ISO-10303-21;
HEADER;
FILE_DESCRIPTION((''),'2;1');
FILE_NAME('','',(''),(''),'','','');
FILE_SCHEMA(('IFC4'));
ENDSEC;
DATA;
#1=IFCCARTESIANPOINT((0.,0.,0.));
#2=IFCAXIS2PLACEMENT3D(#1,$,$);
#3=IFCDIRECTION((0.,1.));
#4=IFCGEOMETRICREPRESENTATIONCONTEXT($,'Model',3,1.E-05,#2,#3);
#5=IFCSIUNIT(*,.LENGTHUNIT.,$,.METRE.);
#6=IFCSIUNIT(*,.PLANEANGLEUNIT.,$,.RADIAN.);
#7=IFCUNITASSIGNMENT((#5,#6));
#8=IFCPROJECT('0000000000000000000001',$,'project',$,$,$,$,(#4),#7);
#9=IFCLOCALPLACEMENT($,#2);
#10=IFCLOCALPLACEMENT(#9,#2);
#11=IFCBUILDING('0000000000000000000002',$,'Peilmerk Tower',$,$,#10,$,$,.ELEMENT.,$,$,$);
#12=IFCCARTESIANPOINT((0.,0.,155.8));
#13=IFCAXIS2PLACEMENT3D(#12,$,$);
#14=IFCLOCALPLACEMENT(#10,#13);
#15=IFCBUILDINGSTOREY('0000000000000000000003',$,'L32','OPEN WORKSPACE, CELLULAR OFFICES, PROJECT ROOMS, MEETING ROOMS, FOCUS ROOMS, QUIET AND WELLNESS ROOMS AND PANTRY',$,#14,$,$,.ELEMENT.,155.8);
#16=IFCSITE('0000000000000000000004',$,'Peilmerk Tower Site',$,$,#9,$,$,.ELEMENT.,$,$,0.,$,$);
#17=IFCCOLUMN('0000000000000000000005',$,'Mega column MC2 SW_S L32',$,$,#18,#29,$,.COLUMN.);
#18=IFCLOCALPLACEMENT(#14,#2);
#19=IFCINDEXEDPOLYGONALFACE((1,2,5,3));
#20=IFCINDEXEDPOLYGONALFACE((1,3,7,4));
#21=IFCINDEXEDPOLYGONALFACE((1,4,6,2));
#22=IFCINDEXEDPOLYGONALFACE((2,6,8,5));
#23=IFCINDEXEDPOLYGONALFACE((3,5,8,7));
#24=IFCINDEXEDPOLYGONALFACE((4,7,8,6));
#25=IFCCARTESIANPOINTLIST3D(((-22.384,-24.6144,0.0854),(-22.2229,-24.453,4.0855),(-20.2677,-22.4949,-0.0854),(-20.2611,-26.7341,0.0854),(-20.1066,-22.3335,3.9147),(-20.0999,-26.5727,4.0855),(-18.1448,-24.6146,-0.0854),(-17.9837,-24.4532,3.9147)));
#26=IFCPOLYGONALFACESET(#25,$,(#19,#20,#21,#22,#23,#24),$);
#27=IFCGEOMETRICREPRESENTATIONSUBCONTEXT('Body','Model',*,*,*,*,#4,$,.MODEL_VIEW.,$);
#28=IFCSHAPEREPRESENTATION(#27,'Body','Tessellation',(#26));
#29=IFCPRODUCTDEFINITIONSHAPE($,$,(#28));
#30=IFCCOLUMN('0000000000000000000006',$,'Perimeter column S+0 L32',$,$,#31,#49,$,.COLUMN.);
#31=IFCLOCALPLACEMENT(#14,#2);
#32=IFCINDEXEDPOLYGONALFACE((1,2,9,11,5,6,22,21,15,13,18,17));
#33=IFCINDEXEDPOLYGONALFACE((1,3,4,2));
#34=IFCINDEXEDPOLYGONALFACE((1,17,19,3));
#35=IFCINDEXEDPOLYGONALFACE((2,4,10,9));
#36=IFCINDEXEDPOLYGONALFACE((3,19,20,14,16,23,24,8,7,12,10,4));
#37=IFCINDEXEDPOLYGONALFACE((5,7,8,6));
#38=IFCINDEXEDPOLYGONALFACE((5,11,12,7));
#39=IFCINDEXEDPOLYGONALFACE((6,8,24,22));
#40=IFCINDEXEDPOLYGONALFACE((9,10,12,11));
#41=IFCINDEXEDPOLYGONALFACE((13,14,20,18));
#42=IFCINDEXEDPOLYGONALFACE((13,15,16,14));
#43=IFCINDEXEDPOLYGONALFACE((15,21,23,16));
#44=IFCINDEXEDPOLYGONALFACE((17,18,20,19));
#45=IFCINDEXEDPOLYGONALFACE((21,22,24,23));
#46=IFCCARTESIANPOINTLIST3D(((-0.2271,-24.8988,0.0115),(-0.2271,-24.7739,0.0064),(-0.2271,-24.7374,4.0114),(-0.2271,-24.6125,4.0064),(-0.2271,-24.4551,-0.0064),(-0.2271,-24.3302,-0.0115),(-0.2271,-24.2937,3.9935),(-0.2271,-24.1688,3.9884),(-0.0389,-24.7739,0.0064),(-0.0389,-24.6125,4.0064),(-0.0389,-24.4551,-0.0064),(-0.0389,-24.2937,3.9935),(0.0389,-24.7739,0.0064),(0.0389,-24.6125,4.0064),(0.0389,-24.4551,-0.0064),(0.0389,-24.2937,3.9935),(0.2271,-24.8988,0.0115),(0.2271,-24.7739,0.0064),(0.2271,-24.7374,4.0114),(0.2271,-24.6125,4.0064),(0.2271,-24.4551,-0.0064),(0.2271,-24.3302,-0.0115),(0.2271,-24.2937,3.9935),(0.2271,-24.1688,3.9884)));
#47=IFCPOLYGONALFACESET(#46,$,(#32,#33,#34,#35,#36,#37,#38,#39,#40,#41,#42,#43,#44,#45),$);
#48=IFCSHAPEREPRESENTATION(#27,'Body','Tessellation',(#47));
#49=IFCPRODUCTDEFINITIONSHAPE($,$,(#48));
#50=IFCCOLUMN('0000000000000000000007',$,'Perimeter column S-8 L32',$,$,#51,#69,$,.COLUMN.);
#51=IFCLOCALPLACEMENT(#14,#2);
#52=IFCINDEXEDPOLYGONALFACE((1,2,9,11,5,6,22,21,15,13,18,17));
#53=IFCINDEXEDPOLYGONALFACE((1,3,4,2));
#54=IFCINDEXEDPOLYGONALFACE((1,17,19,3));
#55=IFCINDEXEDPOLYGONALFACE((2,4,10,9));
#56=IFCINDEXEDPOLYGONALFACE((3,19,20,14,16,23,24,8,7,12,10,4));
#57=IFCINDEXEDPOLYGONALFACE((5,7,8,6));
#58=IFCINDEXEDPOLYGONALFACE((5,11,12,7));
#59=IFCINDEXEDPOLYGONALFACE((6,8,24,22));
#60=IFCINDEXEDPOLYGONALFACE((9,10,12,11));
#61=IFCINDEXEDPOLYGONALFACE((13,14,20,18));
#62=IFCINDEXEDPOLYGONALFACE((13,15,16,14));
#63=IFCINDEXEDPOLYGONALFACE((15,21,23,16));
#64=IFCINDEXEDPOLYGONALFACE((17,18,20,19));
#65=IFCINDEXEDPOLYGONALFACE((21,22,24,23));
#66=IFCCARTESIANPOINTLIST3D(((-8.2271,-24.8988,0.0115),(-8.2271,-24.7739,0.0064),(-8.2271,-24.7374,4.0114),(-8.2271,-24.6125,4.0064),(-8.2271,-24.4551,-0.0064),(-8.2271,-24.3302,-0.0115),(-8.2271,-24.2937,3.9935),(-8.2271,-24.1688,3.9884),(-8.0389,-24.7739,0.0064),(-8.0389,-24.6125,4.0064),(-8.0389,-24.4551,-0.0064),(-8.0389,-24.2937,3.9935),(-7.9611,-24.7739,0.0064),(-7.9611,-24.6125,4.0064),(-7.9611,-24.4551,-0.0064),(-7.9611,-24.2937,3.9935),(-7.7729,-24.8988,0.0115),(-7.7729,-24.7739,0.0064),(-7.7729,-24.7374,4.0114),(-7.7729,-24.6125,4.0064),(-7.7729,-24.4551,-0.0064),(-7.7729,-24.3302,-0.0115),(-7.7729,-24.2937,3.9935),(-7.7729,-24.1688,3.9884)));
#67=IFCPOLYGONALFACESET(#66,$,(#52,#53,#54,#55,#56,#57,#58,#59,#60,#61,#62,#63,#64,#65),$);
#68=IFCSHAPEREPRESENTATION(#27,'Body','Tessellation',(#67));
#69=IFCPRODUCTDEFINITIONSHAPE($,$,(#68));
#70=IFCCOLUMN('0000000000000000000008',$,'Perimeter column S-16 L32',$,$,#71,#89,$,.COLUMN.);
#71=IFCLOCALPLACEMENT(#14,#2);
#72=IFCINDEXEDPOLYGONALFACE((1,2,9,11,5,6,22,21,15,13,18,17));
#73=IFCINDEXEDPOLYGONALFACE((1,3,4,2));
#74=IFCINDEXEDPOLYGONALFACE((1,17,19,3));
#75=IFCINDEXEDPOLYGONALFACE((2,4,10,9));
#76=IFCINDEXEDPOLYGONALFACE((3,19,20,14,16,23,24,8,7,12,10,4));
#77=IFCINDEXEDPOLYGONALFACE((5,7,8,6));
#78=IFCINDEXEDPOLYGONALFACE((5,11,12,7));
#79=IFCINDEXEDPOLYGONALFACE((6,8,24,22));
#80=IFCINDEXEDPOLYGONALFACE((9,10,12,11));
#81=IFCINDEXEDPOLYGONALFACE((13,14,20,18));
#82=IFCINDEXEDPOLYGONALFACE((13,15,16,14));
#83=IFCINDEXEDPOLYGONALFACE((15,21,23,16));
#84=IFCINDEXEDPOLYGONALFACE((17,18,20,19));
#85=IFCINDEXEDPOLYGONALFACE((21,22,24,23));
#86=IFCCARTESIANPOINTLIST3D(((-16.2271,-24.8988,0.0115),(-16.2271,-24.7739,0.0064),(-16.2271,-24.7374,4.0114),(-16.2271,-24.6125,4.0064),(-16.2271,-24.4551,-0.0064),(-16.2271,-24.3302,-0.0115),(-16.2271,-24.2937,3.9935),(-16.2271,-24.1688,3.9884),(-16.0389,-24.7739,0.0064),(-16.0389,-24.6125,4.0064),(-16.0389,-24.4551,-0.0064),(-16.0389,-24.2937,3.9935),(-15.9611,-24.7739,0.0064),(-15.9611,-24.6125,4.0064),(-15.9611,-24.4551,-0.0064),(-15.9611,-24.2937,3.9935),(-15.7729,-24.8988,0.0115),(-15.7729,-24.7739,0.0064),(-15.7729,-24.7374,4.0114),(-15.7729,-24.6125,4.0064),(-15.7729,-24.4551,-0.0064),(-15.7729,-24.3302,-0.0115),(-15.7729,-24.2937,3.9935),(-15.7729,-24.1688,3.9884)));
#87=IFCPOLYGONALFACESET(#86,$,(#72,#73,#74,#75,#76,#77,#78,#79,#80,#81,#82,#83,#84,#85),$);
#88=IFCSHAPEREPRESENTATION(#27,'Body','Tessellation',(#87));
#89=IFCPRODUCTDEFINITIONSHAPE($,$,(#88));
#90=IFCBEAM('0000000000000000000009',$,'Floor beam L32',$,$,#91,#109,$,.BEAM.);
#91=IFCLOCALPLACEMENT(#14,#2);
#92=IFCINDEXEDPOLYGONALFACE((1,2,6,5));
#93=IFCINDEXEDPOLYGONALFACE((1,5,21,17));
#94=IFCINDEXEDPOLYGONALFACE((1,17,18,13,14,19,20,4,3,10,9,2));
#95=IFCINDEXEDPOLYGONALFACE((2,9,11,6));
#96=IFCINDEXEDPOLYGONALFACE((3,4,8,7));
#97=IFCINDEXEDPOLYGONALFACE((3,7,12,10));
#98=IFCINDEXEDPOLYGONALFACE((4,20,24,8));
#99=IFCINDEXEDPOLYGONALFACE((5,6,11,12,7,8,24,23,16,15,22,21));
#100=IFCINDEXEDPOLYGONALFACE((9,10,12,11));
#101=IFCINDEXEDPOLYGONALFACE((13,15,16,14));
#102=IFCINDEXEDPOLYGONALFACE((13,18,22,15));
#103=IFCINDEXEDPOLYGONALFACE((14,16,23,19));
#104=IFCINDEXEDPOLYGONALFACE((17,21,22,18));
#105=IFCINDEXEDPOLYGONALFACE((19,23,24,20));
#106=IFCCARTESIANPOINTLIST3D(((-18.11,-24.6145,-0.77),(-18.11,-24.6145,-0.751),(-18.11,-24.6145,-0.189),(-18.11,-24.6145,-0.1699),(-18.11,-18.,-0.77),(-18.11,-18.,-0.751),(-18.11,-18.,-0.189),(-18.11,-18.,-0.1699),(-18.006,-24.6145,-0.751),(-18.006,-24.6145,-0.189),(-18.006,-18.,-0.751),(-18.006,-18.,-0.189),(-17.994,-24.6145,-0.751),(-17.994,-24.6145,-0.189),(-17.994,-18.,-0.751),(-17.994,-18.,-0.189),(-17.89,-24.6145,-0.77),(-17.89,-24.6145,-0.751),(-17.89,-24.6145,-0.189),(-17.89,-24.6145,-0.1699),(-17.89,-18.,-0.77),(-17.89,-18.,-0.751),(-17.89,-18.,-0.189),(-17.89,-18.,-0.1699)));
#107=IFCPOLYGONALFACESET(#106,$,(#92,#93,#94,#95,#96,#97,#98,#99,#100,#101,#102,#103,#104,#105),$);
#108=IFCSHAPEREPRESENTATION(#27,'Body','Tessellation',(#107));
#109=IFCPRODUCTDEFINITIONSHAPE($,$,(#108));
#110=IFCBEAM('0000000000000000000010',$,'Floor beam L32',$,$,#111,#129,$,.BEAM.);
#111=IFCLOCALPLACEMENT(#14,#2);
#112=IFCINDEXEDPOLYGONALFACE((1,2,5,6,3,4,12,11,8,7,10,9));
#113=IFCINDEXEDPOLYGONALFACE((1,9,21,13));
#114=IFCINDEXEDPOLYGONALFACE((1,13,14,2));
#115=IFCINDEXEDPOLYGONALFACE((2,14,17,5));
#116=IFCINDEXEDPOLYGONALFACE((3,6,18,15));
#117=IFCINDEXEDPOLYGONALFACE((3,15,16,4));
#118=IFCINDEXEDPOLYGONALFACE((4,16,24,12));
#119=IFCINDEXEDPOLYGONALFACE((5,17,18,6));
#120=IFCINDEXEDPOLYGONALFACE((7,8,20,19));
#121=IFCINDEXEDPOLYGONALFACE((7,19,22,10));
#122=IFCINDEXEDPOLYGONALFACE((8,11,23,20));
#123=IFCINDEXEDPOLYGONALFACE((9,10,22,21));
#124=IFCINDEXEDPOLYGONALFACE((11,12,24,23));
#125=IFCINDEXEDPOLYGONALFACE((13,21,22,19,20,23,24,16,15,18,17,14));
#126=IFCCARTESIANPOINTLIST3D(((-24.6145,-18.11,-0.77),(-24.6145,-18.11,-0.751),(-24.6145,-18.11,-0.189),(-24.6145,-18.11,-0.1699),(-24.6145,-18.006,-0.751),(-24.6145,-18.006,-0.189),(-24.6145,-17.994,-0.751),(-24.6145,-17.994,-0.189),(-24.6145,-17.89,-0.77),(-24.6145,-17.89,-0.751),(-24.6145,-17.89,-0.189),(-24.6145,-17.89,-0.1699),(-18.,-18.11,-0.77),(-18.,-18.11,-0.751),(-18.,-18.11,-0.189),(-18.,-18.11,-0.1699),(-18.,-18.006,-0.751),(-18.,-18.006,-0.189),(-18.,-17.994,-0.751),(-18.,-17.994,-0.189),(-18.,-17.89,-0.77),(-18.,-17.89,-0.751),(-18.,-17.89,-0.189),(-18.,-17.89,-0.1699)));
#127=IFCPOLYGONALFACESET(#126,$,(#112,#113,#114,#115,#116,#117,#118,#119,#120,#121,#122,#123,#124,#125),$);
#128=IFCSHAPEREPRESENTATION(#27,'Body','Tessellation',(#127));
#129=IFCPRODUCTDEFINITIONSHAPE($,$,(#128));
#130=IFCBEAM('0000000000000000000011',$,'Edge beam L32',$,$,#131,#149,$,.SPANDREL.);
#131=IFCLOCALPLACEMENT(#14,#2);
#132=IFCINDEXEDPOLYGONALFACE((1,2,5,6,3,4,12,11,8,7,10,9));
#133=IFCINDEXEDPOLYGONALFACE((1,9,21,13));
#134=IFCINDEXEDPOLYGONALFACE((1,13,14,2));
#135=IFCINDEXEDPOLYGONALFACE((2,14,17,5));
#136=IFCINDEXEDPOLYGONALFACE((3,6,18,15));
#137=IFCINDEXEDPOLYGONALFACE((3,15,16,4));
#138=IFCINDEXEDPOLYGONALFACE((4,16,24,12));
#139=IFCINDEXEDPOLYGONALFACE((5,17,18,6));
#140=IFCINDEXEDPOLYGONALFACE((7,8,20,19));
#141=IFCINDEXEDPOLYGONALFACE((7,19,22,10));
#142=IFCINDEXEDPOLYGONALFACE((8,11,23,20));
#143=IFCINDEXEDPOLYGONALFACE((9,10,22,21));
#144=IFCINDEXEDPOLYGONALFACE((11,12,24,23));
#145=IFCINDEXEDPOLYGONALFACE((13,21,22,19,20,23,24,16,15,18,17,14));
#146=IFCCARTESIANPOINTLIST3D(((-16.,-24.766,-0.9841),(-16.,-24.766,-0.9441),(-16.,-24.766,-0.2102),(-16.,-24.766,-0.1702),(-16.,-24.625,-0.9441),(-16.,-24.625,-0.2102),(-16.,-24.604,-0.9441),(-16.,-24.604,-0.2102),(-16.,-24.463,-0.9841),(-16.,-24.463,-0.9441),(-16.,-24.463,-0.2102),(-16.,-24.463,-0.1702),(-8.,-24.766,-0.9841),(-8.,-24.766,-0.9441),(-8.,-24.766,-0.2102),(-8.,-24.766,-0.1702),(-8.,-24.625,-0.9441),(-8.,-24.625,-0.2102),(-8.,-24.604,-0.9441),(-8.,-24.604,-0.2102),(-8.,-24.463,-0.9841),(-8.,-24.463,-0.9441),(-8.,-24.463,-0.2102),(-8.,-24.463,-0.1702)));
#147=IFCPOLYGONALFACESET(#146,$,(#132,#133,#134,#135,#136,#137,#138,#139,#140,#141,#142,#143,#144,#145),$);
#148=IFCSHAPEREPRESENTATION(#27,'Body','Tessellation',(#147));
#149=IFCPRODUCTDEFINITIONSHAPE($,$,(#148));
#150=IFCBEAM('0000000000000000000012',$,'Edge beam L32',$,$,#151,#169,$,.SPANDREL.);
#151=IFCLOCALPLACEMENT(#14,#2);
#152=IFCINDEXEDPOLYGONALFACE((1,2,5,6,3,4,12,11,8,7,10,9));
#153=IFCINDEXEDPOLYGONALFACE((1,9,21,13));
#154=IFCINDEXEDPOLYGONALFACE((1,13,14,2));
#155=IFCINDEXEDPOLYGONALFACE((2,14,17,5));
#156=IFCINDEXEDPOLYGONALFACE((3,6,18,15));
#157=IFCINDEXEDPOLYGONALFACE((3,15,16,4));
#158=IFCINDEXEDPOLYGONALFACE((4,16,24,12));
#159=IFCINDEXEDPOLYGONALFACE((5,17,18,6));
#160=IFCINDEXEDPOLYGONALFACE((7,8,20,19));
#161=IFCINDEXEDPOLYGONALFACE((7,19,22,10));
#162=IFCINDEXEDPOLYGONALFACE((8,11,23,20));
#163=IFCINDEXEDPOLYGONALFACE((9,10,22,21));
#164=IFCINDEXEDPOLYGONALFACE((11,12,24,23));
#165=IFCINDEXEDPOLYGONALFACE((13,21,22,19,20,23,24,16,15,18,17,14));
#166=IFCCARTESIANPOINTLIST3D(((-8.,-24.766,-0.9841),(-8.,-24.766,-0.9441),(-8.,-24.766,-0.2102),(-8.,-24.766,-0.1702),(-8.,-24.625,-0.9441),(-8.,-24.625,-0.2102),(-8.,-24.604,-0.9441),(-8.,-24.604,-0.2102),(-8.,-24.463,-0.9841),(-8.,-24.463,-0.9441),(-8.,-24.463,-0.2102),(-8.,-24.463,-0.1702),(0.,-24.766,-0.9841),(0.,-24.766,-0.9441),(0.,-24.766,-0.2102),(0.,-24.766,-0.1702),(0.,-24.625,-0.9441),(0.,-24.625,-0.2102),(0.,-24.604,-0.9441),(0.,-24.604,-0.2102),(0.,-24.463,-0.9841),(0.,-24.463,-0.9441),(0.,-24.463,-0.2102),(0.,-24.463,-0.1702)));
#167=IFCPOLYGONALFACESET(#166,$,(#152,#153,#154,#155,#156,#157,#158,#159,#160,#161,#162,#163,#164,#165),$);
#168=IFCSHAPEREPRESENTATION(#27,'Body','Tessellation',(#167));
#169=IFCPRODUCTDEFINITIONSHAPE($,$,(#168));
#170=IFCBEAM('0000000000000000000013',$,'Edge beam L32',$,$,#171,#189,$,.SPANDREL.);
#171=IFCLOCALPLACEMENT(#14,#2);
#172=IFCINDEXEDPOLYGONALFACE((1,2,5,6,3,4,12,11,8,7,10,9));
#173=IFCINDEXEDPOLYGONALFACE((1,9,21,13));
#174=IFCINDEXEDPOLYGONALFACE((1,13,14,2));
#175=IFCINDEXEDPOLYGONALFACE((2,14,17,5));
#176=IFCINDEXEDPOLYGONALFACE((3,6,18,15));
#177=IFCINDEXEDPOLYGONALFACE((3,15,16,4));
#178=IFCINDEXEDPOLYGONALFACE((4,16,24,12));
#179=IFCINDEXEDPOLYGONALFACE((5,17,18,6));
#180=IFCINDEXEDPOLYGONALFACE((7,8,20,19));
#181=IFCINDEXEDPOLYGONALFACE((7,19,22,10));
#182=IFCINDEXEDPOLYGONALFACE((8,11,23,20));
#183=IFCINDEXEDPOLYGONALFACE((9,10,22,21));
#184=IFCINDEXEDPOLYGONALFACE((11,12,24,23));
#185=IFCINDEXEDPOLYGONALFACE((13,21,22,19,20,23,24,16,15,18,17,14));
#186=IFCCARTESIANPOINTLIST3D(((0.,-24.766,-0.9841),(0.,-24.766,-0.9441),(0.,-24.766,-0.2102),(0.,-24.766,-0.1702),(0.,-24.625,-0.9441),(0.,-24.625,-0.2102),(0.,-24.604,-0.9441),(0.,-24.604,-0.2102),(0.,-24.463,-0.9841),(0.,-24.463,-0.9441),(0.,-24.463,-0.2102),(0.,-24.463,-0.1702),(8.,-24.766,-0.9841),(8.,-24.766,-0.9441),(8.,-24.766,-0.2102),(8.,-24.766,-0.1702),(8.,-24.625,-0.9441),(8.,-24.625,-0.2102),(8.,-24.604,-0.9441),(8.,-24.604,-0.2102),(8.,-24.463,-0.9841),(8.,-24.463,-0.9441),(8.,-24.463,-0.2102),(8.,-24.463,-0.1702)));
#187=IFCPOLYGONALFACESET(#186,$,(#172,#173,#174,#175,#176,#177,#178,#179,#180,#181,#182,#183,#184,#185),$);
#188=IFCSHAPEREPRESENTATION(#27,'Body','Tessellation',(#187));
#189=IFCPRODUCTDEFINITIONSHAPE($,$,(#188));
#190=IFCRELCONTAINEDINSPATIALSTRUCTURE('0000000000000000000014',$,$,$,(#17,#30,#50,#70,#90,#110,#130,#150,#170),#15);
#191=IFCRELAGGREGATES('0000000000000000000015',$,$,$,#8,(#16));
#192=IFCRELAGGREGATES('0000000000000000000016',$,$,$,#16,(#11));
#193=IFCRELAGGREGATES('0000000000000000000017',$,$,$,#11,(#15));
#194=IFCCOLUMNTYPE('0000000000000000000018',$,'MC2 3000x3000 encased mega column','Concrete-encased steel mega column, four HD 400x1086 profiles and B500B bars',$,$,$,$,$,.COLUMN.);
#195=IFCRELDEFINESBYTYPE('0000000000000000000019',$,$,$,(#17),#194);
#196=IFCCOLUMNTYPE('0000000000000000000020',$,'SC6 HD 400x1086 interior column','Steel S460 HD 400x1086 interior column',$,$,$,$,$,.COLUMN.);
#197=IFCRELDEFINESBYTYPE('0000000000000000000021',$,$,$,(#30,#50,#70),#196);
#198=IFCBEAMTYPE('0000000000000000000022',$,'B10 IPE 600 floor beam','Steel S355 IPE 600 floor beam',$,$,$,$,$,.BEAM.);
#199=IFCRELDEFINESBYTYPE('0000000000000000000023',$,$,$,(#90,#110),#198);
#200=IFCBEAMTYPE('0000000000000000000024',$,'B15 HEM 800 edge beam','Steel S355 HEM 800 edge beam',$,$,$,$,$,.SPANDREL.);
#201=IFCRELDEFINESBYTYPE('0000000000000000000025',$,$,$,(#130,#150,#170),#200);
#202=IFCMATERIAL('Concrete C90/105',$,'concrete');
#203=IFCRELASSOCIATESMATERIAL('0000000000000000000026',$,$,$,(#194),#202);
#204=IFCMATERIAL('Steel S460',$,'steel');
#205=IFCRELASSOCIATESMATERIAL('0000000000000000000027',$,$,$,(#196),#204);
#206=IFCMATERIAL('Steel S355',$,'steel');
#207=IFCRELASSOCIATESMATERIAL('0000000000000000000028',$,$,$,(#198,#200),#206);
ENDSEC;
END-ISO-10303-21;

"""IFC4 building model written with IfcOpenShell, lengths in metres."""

from ifc_helpers import new_model, si_unit, direction, frame, origin, origin_2d, place, context, subcontext, project, spatial, rectangle, i_section, extrude, material, material_profile, profile_set, type_object, element, save


model = new_model("IFC4")

# Units and contexts
model_context = context("Model", 3, precision=1e-05, world=origin(), true_north=direction((0.0, 1.0)))
body_context = subcontext(model_context, "Body", "Model", "MODEL_VIEW")
ifc_project = project(units=[si_unit("LENGTHUNIT", "METRE"), si_unit("PLANEANGLEUNIT", "RADIAN")], contexts=[model_context])

# Site, building, storey
site_placement = place(None, origin())
site = spatial("IfcSite", under=ifc_project, at=site_placement, Name="Peilmerk Tower Site", CompositionType="ELEMENT", RefElevation=0.0)
building_placement = place(site_placement, origin())
building = spatial("IfcBuilding", under=site, at=building_placement, Name="Peilmerk Tower", CompositionType="ELEMENT")
storey_placement = place(building_placement, frame((0.0, 0.0, 155.8)))
storey = spatial("IfcBuildingStorey", under=building, at=storey_placement, Name="L32", Description="OPEN WORKSPACE, CELLULAR OFFICES, PROJECT ROOMS, MEETING ROOMS, FOCUS ROOMS, QUIET AND WELLNESS ROOMS AND PANTRY", CompositionType="ELEMENT", Elevation=155.8)

# Columns
ifc_material_1 = material(Name="Concrete C90/105", Category="concrete")
ifc_material_profile_1 = material_profile(ifc_material_1, rectangle(XDim=3.0, YDim=3.0, at=origin_2d()), Name="RC 3000x3000")
ifc_profile_set_1 = profile_set([ifc_material_profile_1], Name="Concrete C90/105")
column_type_1 = type_object("IfcColumnType", Name="MC2 3000x3000 encased mega column", Description="Concrete-encased steel mega column, four HD 400x1086 profiles and B500B bars", PredefinedType="COLUMN", material=ifc_profile_set_1)
column_placement = place(storey_placement, frame((-20.2644, -24.6145, 0.0), z_axis=(0.040218, 0.040279, 0.998379), x_axis=(-0.707642, 0.706571, 0.0)))
element("IfcColumn", 1, at=column_placement, inside=storey, type_object=column_type_1, Name="Mega column MC2 SW_S L32", PredefinedType="COLUMN", context=body_context, shape_type="SweptSolid", body=[
    extrude(rectangle(XDim=3.0, YDim=3.0, at=origin_2d()), origin(), (0.0, 0.0, 1.0), 4.0066),
])
ifc_material_2 = material(Name="Steel S460", Category="steel")
ifc_material_profile_2 = material_profile(ifc_material_2, i_section(OverallWidth=0.4541, OverallDepth=0.5691, WebThickness=0.0779, FlangeThickness=0.125, at=origin_2d()), Name="HD 400x1086")
ifc_profile_set_2 = profile_set([ifc_material_profile_2], Name="Steel S460")
column_type_2 = type_object("IfcColumnType", Name="SC6 HD 400x1086 interior column", Description="Steel S460 HD 400x1086 interior column", PredefinedType="COLUMN", material=ifc_profile_set_2)
for number, where, z_axis, x_axis, name in (
    (2, (0.0, -24.6145, 0.0), (0.0, 0.040311, 0.999187), (-1.0, 0.0, 0.0), "Perimeter column S+0 L32"),
    (3, (-8.0, -24.6145, 0.0), (0.0, 0.040311, 0.999187), (-1.0, 0.0, 0.0), "Perimeter column S-8 L32"),
    (4, (-16.0, -24.6145, 0.0), (0.0, 0.040311, 0.999187), (-1.0, 0.0, 0.0), "Perimeter column S-16 L32"),
):
    element("IfcColumn", number, at=place(storey_placement, frame(where, z_axis=z_axis, x_axis=x_axis)), inside=storey, type_object=column_type_2, Name=name, PredefinedType="COLUMN", context=body_context, shape_type="SweptSolid", body=[
        extrude(i_section(OverallWidth=0.4541, OverallDepth=0.5691, WebThickness=0.0779, FlangeThickness=0.125, at=origin_2d()), origin(), (0.0, 0.0, 1.0), 4.0032),
    ])

# Beams
ifc_material_3 = material(Name="Steel S355", Category="steel")
ifc_material_profile_3 = material_profile(ifc_material_3, i_section(OverallWidth=0.22, OverallDepth=0.6001, WebThickness=0.012, FlangeThickness=0.019, at=origin_2d()), Name="IPE 600")
ifc_profile_set_3 = profile_set([ifc_material_profile_3], Name="Steel S355")
beam_type_1 = type_object("IfcBeamType", Name="B10 IPE 600 floor beam", Description="Steel S355 IPE 600 floor beam", PredefinedType="BEAM", material=ifc_profile_set_3)
for number, where, z_axis, x_axis, name in (
    (5, (-18.0, -18.0, -0.47), (0.0, -1.0, 0.0), (1.0, 0.0, 0.0), "Floor beam L32"),
    (6, (-18.0, -18.0, -0.47), (-1.0, 0.0, 0.0), (0.0, -1.0, 0.0), "Floor beam L32"),
):
    element("IfcBeam", number, at=place(storey_placement, frame(where, z_axis=z_axis, x_axis=x_axis)), inside=storey, type_object=beam_type_1, Name=name, PredefinedType="BEAM", context=body_context, shape_type="SweptSolid", body=[
        extrude(i_section(OverallWidth=0.22, OverallDepth=0.6001, WebThickness=0.012, FlangeThickness=0.019, at=origin_2d()), origin(), (0.0, 0.0, 1.0), 6.6145),
    ])
ifc_material_profile_4 = material_profile(ifc_material_3, i_section(OverallWidth=0.303, OverallDepth=0.814, WebThickness=0.021, FlangeThickness=0.04, at=origin_2d()), Name="HEM 800")
ifc_profile_set_4 = profile_set([ifc_material_profile_4], Name="Steel S355")
beam_type_2 = type_object("IfcBeamType", Name="B15 HEM 800 edge beam", Description="Steel S355 HEM 800 edge beam", PredefinedType="SPANDREL", material=ifc_profile_set_4)
for number, where, z_axis, x_axis, name in (
    (7, (-16.0, -24.6145, -0.5771), (1.0, 0.0, 0.0), (0.0, 1.0, 0.0), "Edge beam L32"),
    (8, (-8.0, -24.6145, -0.5771), (1.0, 0.0, 0.0), (0.0, 1.0, 0.0), "Edge beam L32"),
    (9, (0.0, -24.6145, -0.5771), (1.0, 0.0, 0.0), (0.0, 1.0, 0.0), "Edge beam L32"),
):
    element("IfcBeam", number, at=place(storey_placement, frame(where, z_axis=z_axis, x_axis=x_axis)), inside=storey, type_object=beam_type_2, Name=name, PredefinedType="SPANDREL", context=body_context, shape_type="SweptSolid", body=[
        extrude(i_section(OverallWidth=0.303, OverallDepth=0.814, WebThickness=0.021, FlangeThickness=0.04, at=origin_2d()), origin(), (0.0, 0.0, 1.0), 8.0),
    ])

save(model, "model.ifc")
